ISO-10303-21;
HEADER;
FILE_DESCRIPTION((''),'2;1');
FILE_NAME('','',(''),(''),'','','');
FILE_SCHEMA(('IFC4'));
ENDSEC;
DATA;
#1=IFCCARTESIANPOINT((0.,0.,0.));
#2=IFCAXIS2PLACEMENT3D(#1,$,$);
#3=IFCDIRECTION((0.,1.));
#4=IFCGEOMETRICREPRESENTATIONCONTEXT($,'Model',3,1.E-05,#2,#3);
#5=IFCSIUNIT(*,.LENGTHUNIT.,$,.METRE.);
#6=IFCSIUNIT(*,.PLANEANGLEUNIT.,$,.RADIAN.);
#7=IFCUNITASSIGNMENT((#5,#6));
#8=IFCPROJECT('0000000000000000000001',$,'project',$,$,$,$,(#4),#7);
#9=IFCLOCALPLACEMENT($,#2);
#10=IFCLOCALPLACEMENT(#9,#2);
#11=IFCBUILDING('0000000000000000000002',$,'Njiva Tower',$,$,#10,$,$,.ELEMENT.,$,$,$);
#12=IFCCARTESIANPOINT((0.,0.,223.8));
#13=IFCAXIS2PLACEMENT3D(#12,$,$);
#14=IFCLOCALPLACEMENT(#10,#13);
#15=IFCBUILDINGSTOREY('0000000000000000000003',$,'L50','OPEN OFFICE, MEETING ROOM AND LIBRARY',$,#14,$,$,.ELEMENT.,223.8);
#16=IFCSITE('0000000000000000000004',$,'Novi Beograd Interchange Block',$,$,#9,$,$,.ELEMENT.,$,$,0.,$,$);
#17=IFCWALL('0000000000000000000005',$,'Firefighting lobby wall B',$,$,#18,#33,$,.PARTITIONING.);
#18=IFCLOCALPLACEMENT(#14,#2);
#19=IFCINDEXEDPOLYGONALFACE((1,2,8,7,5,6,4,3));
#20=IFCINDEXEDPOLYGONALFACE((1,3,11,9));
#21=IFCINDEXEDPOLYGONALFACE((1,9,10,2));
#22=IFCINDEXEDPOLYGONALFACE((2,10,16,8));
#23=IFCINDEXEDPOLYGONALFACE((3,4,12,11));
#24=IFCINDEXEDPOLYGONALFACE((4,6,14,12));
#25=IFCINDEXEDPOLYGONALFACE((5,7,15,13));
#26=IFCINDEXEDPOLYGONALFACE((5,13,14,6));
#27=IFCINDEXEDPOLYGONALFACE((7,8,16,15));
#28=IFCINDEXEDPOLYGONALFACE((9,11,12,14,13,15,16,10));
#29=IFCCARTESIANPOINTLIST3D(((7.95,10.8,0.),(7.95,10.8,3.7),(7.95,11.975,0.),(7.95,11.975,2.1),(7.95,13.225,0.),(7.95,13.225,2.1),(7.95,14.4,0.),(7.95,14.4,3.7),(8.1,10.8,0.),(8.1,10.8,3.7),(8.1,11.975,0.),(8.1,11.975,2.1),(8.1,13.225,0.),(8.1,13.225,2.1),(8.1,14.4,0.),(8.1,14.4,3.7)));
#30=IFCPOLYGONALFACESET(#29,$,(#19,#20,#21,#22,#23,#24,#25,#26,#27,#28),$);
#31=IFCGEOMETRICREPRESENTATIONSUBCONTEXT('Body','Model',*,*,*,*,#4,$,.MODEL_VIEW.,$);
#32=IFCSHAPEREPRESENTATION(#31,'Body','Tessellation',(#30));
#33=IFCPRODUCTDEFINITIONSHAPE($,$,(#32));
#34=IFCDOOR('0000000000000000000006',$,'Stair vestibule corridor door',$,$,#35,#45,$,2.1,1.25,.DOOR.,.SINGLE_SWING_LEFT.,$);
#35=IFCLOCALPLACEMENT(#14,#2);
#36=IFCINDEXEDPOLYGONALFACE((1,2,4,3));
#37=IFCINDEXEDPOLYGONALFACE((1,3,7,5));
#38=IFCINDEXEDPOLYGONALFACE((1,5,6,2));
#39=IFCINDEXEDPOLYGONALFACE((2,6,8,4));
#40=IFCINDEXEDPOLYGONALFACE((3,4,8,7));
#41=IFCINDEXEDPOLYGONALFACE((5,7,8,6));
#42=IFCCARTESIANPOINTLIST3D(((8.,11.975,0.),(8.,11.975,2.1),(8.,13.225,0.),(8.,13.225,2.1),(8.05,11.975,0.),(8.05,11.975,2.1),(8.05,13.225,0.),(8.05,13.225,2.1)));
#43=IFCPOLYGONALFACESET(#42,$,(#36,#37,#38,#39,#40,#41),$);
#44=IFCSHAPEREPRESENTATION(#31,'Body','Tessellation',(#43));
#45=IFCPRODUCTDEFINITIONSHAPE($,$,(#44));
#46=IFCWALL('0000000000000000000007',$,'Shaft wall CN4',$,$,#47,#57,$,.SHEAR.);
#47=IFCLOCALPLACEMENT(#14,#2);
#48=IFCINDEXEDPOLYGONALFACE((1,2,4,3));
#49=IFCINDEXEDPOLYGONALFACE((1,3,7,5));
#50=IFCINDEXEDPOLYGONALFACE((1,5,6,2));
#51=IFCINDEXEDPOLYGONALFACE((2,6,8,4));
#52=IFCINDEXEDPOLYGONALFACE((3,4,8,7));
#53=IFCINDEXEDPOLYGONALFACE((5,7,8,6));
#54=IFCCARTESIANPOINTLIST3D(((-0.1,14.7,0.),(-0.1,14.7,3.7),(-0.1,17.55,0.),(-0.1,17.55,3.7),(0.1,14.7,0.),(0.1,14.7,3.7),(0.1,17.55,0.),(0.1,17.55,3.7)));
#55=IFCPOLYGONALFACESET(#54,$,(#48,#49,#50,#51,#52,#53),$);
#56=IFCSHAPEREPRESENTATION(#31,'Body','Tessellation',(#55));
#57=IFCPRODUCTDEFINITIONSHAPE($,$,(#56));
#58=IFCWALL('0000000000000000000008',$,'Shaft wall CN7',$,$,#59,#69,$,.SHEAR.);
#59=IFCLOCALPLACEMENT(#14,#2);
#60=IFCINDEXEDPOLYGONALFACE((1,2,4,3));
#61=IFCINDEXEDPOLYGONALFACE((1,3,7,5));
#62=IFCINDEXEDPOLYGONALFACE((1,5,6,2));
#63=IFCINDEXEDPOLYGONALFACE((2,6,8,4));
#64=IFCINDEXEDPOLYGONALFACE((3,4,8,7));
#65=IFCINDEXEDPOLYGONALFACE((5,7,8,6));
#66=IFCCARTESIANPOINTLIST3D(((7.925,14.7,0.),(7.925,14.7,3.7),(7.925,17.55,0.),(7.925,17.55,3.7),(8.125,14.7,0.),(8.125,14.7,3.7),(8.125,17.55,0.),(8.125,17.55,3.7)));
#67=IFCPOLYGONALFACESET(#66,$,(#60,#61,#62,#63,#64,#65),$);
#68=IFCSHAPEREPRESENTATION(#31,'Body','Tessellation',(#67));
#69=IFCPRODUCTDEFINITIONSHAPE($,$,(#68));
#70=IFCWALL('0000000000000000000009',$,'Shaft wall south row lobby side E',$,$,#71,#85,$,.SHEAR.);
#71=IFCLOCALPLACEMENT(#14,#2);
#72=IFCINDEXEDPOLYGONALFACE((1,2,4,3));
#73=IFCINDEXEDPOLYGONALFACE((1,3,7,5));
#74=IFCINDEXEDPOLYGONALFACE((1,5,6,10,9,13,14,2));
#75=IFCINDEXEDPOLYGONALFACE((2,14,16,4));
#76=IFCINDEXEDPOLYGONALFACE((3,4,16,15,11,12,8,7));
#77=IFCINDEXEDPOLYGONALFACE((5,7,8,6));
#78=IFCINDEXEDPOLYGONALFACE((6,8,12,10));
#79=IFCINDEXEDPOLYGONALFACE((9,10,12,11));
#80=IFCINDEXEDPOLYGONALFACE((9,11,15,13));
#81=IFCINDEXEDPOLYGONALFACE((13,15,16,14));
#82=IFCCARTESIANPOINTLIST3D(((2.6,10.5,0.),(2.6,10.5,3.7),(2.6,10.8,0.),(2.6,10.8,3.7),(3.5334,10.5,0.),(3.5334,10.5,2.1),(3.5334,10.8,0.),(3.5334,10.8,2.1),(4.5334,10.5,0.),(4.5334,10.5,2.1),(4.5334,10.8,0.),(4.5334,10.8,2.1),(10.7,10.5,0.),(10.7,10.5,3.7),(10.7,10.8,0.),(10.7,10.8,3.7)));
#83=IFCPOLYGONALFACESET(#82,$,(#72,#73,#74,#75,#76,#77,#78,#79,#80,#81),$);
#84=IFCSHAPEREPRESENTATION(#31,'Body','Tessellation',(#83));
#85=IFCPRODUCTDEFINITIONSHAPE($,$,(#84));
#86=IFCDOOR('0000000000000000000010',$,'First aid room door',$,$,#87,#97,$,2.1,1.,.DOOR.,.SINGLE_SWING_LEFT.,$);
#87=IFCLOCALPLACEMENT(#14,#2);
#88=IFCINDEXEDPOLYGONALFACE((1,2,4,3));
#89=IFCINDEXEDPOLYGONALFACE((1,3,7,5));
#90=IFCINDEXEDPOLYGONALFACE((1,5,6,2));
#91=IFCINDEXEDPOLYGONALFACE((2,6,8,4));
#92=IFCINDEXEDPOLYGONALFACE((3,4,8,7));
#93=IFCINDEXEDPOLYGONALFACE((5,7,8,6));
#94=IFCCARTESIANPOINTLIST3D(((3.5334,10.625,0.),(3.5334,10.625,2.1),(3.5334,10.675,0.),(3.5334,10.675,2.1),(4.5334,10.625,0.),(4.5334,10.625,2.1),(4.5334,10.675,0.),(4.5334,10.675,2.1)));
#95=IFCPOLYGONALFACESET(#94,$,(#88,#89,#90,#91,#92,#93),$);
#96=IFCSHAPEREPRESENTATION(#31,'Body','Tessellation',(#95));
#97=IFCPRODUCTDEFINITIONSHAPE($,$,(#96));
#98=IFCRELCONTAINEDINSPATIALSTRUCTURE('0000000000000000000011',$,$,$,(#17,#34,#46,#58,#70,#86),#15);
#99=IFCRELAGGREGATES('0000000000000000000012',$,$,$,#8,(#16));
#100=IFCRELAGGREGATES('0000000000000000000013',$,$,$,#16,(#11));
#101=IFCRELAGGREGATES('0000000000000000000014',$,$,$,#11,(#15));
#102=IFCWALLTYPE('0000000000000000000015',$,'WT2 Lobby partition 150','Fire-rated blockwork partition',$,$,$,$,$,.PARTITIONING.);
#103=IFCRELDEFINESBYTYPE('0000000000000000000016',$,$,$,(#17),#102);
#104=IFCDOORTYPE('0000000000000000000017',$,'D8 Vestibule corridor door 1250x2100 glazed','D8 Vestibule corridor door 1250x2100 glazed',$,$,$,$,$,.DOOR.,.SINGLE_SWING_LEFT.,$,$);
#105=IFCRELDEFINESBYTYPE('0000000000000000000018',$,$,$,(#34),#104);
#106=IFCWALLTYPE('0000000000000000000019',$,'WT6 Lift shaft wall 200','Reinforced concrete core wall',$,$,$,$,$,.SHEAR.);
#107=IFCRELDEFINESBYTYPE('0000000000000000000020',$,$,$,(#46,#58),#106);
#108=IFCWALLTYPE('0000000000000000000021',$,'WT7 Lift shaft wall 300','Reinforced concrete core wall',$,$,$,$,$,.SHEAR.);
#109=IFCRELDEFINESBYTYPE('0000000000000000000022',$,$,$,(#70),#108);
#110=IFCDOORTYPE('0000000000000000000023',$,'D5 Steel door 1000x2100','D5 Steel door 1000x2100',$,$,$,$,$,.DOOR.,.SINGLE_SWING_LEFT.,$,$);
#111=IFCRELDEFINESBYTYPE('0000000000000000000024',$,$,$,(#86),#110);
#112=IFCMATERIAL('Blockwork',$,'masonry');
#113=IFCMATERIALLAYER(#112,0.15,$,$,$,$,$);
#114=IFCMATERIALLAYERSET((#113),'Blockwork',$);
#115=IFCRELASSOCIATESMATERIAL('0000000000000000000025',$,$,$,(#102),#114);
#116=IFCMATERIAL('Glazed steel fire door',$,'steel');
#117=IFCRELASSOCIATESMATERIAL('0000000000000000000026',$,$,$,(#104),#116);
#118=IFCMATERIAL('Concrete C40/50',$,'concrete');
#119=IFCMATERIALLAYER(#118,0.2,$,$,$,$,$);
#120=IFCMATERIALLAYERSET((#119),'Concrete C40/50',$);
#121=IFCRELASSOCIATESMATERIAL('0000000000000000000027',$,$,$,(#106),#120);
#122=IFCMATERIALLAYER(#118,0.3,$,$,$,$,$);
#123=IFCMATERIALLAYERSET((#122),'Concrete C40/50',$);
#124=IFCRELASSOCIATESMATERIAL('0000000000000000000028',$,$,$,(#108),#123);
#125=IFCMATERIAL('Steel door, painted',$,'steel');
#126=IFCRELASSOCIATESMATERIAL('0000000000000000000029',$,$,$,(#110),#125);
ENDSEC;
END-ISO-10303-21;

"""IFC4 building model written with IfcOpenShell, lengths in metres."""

from ifc_helpers import new_model, si_unit, direction, frame, frame_2d, origin, place, context, subcontext, project, spatial, rectangle, extrude, material, layer, layer_set, type_object, element, fill, save


model = new_model("IFC4")

# Units and contexts
model_context = context("Model", 3, precision=1e-05, world=origin(), true_north=direction((0.0, 1.0)))
body_context = subcontext(model_context, "Body", "Model", "MODEL_VIEW")
ifc_project = project(units=[si_unit("LENGTHUNIT", "METRE"), si_unit("PLANEANGLEUNIT", "RADIAN")], contexts=[model_context])

# Site, building, storey
site_placement = place(None, origin())
site = spatial("IfcSite", under=ifc_project, at=site_placement, Name="Novi Beograd Interchange Block", CompositionType="ELEMENT", RefElevation=0.0)
building_placement = place(site_placement, origin())
building = spatial("IfcBuilding", under=site, at=building_placement, Name="Njiva Tower", CompositionType="ELEMENT")
storey_placement = place(building_placement, frame((0.0, 0.0, 223.8)))
storey = spatial("IfcBuildingStorey", under=building, at=storey_placement, Name="L50", Description="OPEN OFFICE, MEETING ROOM AND LIBRARY", CompositionType="ELEMENT", Elevation=223.8)

# Shared definitions
ifc_material_1 = material(Name="Blockwork", Category="masonry")

# Wall, opening, door
ifc_material_2 = material(Name="Concrete C40/50", Category="concrete")
ifc_material_3 = material(Name="Glazed steel fire door", Category="steel")
ifc_layer_1 = layer(ifc_material_1, 0.15)
ifc_layer_set_1 = layer_set([ifc_layer_1], Name="Blockwork")
wall_type_1 = type_object("IfcWallType", Name="WT2 Lobby partition 150", Description="Fire-rated blockwork partition", PredefinedType="PARTITIONING", material=ifc_layer_set_1)
wall_1_placement = place(storey_placement, frame((8.025, 10.8, 0.0), z_axis=(0.0, 0.0, 1.0), x_axis=(0.0, 1.0, 0.0)))
wall_1 = element("IfcWall", 1, at=wall_1_placement, inside=storey, type_object=wall_type_1, Name="Firefighting lobby wall B", PredefinedType="PARTITIONING", context=body_context, shape_type="SweptSolid", body=[
    extrude(rectangle(XDim=3.6, YDim=0.15, at=frame_2d((1.8, 0.0))), origin(), (0.0, 0.0, 1.0), 3.7),
])
opening_1_placement = place(wall_1_placement, frame((1.175, 0.0, 0.0)))
opening_1 = element("IfcOpeningElement", 2, at=opening_1_placement, cuts=wall_1, PredefinedType="OPENING", context=body_context, shape_type="SweptSolid", body=[
    extrude(rectangle(XDim=1.25, YDim=2.1, at=frame_2d((0.625, 1.05))), frame((0.0, 0.085, 0.0), z_axis=(0.0, -1.0, 0.0), x_axis=(1.0, 0.0, 0.0)), (0.0, 0.0, 1.0), 0.17),
])
door_type_1 = type_object("IfcDoorType", Name="D8 Vestibule corridor door 1250x2100 glazed", Description="D8 Vestibule corridor door 1250x2100 glazed", OperationType="SINGLE_SWING_LEFT", PredefinedType="DOOR", material=ifc_material_3)
door_1_placement = place(opening_1_placement, origin())
door_1 = element("IfcDoor", 3, at=door_1_placement, inside=storey, type_object=door_type_1, Name="Stair vestibule corridor door", OperationType="SINGLE_SWING_LEFT", OverallHeight=2.1, OverallWidth=1.25, PredefinedType="DOOR", context=body_context, shape_type="SweptSolid", body=[
    extrude(rectangle(XDim=1.25, YDim=2.1, at=frame_2d((0.625, 1.05))), frame((0.0, 0.025, 0.0), z_axis=(0.0, -1.0, 0.0), x_axis=(1.0, 0.0, 0.0)), (0.0, 0.0, 1.0), 0.05),
])
fill(opening_1, door_1)

# Walls
ifc_layer_2 = layer(ifc_material_2, 0.2)
ifc_layer_set_2 = layer_set([ifc_layer_2], Name="Concrete C40/50")
wall_type_2 = type_object("IfcWallType", Name="WT6 Lift shaft wall 200", Description="Reinforced concrete core wall", PredefinedType="SHEAR", material=ifc_layer_set_2)
for number, where, z_axis, x_axis, name in (
    (4, (0.0, 14.7, 0.0), (0.0, 0.0, 1.0), (0.0, 1.0, 0.0), "Shaft wall CN4"),
    (5, (8.025, 14.7, 0.0), (0.0, 0.0, 1.0), (0.0, 1.0, 0.0), "Shaft wall CN7"),
):
    element("IfcWall", number, at=place(storey_placement, frame(where, z_axis=z_axis, x_axis=x_axis)), inside=storey, type_object=wall_type_2, Name=name, PredefinedType="SHEAR", context=body_context, shape_type="SweptSolid", body=[
        extrude(rectangle(XDim=2.85, YDim=0.2, at=frame_2d((1.425, 0.0))), origin(), (0.0, 0.0, 1.0), 3.7),
    ])

# Wall, opening, door
ifc_layer_3 = layer(ifc_material_2, 0.3)
ifc_layer_set_3 = layer_set([ifc_layer_3], Name="Concrete C40/50")
wall_type_3 = type_object("IfcWallType", Name="WT7 Lift shaft wall 300", Description="Reinforced concrete core wall", PredefinedType="SHEAR", material=ifc_layer_set_3)
wall_2_placement = place(storey_placement, frame((2.6, 10.65, 0.0), z_axis=(0.0, 0.0, 1.0), x_axis=(1.0, 0.0, 0.0)))
wall_2 = element("IfcWall", 6, at=wall_2_placement, inside=storey, type_object=wall_type_3, Name="Shaft wall south row lobby side E", PredefinedType="SHEAR", context=body_context, shape_type="SweptSolid", body=[
    extrude(rectangle(XDim=8.1, YDim=0.3, at=frame_2d((4.05, 0.0))), origin(), (0.0, 0.0, 1.0), 3.7),
])
opening_2_placement = place(wall_2_placement, frame((0.9334, 0.0, 0.0)))
opening_2 = element("IfcOpeningElement", 7, at=opening_2_placement, cuts=wall_2, PredefinedType="OPENING", context=body_context, shape_type="SweptSolid", body=[
    extrude(rectangle(XDim=1.0, YDim=2.1, at=frame_2d((0.5, 1.05))), frame((0.0, 0.16, 0.0), z_axis=(0.0, -1.0, 0.0), x_axis=(1.0, 0.0, 0.0)), (0.0, 0.0, 1.0), 0.32),
])
ifc_material_4 = material(Name="Steel door, painted", Category="steel")
door_type_2 = type_object("IfcDoorType", Name="D5 Steel door 1000x2100", Description="D5 Steel door 1000x2100", OperationType="SINGLE_SWING_LEFT", PredefinedType="DOOR", material=ifc_material_4)
door_2_placement = place(opening_2_placement, origin())
door_2 = element("IfcDoor", 8, at=door_2_placement, inside=storey, type_object=door_type_2, Name="First aid room door", OperationType="SINGLE_SWING_LEFT", OverallHeight=2.1, OverallWidth=1.0, PredefinedType="DOOR", context=body_context, shape_type="SweptSolid", body=[
    extrude(rectangle(XDim=1.0, YDim=2.1, at=frame_2d((0.5, 1.05))), frame((0.0, 0.025, 0.0), z_axis=(0.0, -1.0, 0.0), x_axis=(1.0, 0.0, 0.0)), (0.0, 0.0, 1.0), 0.05),
])
fill(opening_2, door_2)

save(model, "model.ifc")
